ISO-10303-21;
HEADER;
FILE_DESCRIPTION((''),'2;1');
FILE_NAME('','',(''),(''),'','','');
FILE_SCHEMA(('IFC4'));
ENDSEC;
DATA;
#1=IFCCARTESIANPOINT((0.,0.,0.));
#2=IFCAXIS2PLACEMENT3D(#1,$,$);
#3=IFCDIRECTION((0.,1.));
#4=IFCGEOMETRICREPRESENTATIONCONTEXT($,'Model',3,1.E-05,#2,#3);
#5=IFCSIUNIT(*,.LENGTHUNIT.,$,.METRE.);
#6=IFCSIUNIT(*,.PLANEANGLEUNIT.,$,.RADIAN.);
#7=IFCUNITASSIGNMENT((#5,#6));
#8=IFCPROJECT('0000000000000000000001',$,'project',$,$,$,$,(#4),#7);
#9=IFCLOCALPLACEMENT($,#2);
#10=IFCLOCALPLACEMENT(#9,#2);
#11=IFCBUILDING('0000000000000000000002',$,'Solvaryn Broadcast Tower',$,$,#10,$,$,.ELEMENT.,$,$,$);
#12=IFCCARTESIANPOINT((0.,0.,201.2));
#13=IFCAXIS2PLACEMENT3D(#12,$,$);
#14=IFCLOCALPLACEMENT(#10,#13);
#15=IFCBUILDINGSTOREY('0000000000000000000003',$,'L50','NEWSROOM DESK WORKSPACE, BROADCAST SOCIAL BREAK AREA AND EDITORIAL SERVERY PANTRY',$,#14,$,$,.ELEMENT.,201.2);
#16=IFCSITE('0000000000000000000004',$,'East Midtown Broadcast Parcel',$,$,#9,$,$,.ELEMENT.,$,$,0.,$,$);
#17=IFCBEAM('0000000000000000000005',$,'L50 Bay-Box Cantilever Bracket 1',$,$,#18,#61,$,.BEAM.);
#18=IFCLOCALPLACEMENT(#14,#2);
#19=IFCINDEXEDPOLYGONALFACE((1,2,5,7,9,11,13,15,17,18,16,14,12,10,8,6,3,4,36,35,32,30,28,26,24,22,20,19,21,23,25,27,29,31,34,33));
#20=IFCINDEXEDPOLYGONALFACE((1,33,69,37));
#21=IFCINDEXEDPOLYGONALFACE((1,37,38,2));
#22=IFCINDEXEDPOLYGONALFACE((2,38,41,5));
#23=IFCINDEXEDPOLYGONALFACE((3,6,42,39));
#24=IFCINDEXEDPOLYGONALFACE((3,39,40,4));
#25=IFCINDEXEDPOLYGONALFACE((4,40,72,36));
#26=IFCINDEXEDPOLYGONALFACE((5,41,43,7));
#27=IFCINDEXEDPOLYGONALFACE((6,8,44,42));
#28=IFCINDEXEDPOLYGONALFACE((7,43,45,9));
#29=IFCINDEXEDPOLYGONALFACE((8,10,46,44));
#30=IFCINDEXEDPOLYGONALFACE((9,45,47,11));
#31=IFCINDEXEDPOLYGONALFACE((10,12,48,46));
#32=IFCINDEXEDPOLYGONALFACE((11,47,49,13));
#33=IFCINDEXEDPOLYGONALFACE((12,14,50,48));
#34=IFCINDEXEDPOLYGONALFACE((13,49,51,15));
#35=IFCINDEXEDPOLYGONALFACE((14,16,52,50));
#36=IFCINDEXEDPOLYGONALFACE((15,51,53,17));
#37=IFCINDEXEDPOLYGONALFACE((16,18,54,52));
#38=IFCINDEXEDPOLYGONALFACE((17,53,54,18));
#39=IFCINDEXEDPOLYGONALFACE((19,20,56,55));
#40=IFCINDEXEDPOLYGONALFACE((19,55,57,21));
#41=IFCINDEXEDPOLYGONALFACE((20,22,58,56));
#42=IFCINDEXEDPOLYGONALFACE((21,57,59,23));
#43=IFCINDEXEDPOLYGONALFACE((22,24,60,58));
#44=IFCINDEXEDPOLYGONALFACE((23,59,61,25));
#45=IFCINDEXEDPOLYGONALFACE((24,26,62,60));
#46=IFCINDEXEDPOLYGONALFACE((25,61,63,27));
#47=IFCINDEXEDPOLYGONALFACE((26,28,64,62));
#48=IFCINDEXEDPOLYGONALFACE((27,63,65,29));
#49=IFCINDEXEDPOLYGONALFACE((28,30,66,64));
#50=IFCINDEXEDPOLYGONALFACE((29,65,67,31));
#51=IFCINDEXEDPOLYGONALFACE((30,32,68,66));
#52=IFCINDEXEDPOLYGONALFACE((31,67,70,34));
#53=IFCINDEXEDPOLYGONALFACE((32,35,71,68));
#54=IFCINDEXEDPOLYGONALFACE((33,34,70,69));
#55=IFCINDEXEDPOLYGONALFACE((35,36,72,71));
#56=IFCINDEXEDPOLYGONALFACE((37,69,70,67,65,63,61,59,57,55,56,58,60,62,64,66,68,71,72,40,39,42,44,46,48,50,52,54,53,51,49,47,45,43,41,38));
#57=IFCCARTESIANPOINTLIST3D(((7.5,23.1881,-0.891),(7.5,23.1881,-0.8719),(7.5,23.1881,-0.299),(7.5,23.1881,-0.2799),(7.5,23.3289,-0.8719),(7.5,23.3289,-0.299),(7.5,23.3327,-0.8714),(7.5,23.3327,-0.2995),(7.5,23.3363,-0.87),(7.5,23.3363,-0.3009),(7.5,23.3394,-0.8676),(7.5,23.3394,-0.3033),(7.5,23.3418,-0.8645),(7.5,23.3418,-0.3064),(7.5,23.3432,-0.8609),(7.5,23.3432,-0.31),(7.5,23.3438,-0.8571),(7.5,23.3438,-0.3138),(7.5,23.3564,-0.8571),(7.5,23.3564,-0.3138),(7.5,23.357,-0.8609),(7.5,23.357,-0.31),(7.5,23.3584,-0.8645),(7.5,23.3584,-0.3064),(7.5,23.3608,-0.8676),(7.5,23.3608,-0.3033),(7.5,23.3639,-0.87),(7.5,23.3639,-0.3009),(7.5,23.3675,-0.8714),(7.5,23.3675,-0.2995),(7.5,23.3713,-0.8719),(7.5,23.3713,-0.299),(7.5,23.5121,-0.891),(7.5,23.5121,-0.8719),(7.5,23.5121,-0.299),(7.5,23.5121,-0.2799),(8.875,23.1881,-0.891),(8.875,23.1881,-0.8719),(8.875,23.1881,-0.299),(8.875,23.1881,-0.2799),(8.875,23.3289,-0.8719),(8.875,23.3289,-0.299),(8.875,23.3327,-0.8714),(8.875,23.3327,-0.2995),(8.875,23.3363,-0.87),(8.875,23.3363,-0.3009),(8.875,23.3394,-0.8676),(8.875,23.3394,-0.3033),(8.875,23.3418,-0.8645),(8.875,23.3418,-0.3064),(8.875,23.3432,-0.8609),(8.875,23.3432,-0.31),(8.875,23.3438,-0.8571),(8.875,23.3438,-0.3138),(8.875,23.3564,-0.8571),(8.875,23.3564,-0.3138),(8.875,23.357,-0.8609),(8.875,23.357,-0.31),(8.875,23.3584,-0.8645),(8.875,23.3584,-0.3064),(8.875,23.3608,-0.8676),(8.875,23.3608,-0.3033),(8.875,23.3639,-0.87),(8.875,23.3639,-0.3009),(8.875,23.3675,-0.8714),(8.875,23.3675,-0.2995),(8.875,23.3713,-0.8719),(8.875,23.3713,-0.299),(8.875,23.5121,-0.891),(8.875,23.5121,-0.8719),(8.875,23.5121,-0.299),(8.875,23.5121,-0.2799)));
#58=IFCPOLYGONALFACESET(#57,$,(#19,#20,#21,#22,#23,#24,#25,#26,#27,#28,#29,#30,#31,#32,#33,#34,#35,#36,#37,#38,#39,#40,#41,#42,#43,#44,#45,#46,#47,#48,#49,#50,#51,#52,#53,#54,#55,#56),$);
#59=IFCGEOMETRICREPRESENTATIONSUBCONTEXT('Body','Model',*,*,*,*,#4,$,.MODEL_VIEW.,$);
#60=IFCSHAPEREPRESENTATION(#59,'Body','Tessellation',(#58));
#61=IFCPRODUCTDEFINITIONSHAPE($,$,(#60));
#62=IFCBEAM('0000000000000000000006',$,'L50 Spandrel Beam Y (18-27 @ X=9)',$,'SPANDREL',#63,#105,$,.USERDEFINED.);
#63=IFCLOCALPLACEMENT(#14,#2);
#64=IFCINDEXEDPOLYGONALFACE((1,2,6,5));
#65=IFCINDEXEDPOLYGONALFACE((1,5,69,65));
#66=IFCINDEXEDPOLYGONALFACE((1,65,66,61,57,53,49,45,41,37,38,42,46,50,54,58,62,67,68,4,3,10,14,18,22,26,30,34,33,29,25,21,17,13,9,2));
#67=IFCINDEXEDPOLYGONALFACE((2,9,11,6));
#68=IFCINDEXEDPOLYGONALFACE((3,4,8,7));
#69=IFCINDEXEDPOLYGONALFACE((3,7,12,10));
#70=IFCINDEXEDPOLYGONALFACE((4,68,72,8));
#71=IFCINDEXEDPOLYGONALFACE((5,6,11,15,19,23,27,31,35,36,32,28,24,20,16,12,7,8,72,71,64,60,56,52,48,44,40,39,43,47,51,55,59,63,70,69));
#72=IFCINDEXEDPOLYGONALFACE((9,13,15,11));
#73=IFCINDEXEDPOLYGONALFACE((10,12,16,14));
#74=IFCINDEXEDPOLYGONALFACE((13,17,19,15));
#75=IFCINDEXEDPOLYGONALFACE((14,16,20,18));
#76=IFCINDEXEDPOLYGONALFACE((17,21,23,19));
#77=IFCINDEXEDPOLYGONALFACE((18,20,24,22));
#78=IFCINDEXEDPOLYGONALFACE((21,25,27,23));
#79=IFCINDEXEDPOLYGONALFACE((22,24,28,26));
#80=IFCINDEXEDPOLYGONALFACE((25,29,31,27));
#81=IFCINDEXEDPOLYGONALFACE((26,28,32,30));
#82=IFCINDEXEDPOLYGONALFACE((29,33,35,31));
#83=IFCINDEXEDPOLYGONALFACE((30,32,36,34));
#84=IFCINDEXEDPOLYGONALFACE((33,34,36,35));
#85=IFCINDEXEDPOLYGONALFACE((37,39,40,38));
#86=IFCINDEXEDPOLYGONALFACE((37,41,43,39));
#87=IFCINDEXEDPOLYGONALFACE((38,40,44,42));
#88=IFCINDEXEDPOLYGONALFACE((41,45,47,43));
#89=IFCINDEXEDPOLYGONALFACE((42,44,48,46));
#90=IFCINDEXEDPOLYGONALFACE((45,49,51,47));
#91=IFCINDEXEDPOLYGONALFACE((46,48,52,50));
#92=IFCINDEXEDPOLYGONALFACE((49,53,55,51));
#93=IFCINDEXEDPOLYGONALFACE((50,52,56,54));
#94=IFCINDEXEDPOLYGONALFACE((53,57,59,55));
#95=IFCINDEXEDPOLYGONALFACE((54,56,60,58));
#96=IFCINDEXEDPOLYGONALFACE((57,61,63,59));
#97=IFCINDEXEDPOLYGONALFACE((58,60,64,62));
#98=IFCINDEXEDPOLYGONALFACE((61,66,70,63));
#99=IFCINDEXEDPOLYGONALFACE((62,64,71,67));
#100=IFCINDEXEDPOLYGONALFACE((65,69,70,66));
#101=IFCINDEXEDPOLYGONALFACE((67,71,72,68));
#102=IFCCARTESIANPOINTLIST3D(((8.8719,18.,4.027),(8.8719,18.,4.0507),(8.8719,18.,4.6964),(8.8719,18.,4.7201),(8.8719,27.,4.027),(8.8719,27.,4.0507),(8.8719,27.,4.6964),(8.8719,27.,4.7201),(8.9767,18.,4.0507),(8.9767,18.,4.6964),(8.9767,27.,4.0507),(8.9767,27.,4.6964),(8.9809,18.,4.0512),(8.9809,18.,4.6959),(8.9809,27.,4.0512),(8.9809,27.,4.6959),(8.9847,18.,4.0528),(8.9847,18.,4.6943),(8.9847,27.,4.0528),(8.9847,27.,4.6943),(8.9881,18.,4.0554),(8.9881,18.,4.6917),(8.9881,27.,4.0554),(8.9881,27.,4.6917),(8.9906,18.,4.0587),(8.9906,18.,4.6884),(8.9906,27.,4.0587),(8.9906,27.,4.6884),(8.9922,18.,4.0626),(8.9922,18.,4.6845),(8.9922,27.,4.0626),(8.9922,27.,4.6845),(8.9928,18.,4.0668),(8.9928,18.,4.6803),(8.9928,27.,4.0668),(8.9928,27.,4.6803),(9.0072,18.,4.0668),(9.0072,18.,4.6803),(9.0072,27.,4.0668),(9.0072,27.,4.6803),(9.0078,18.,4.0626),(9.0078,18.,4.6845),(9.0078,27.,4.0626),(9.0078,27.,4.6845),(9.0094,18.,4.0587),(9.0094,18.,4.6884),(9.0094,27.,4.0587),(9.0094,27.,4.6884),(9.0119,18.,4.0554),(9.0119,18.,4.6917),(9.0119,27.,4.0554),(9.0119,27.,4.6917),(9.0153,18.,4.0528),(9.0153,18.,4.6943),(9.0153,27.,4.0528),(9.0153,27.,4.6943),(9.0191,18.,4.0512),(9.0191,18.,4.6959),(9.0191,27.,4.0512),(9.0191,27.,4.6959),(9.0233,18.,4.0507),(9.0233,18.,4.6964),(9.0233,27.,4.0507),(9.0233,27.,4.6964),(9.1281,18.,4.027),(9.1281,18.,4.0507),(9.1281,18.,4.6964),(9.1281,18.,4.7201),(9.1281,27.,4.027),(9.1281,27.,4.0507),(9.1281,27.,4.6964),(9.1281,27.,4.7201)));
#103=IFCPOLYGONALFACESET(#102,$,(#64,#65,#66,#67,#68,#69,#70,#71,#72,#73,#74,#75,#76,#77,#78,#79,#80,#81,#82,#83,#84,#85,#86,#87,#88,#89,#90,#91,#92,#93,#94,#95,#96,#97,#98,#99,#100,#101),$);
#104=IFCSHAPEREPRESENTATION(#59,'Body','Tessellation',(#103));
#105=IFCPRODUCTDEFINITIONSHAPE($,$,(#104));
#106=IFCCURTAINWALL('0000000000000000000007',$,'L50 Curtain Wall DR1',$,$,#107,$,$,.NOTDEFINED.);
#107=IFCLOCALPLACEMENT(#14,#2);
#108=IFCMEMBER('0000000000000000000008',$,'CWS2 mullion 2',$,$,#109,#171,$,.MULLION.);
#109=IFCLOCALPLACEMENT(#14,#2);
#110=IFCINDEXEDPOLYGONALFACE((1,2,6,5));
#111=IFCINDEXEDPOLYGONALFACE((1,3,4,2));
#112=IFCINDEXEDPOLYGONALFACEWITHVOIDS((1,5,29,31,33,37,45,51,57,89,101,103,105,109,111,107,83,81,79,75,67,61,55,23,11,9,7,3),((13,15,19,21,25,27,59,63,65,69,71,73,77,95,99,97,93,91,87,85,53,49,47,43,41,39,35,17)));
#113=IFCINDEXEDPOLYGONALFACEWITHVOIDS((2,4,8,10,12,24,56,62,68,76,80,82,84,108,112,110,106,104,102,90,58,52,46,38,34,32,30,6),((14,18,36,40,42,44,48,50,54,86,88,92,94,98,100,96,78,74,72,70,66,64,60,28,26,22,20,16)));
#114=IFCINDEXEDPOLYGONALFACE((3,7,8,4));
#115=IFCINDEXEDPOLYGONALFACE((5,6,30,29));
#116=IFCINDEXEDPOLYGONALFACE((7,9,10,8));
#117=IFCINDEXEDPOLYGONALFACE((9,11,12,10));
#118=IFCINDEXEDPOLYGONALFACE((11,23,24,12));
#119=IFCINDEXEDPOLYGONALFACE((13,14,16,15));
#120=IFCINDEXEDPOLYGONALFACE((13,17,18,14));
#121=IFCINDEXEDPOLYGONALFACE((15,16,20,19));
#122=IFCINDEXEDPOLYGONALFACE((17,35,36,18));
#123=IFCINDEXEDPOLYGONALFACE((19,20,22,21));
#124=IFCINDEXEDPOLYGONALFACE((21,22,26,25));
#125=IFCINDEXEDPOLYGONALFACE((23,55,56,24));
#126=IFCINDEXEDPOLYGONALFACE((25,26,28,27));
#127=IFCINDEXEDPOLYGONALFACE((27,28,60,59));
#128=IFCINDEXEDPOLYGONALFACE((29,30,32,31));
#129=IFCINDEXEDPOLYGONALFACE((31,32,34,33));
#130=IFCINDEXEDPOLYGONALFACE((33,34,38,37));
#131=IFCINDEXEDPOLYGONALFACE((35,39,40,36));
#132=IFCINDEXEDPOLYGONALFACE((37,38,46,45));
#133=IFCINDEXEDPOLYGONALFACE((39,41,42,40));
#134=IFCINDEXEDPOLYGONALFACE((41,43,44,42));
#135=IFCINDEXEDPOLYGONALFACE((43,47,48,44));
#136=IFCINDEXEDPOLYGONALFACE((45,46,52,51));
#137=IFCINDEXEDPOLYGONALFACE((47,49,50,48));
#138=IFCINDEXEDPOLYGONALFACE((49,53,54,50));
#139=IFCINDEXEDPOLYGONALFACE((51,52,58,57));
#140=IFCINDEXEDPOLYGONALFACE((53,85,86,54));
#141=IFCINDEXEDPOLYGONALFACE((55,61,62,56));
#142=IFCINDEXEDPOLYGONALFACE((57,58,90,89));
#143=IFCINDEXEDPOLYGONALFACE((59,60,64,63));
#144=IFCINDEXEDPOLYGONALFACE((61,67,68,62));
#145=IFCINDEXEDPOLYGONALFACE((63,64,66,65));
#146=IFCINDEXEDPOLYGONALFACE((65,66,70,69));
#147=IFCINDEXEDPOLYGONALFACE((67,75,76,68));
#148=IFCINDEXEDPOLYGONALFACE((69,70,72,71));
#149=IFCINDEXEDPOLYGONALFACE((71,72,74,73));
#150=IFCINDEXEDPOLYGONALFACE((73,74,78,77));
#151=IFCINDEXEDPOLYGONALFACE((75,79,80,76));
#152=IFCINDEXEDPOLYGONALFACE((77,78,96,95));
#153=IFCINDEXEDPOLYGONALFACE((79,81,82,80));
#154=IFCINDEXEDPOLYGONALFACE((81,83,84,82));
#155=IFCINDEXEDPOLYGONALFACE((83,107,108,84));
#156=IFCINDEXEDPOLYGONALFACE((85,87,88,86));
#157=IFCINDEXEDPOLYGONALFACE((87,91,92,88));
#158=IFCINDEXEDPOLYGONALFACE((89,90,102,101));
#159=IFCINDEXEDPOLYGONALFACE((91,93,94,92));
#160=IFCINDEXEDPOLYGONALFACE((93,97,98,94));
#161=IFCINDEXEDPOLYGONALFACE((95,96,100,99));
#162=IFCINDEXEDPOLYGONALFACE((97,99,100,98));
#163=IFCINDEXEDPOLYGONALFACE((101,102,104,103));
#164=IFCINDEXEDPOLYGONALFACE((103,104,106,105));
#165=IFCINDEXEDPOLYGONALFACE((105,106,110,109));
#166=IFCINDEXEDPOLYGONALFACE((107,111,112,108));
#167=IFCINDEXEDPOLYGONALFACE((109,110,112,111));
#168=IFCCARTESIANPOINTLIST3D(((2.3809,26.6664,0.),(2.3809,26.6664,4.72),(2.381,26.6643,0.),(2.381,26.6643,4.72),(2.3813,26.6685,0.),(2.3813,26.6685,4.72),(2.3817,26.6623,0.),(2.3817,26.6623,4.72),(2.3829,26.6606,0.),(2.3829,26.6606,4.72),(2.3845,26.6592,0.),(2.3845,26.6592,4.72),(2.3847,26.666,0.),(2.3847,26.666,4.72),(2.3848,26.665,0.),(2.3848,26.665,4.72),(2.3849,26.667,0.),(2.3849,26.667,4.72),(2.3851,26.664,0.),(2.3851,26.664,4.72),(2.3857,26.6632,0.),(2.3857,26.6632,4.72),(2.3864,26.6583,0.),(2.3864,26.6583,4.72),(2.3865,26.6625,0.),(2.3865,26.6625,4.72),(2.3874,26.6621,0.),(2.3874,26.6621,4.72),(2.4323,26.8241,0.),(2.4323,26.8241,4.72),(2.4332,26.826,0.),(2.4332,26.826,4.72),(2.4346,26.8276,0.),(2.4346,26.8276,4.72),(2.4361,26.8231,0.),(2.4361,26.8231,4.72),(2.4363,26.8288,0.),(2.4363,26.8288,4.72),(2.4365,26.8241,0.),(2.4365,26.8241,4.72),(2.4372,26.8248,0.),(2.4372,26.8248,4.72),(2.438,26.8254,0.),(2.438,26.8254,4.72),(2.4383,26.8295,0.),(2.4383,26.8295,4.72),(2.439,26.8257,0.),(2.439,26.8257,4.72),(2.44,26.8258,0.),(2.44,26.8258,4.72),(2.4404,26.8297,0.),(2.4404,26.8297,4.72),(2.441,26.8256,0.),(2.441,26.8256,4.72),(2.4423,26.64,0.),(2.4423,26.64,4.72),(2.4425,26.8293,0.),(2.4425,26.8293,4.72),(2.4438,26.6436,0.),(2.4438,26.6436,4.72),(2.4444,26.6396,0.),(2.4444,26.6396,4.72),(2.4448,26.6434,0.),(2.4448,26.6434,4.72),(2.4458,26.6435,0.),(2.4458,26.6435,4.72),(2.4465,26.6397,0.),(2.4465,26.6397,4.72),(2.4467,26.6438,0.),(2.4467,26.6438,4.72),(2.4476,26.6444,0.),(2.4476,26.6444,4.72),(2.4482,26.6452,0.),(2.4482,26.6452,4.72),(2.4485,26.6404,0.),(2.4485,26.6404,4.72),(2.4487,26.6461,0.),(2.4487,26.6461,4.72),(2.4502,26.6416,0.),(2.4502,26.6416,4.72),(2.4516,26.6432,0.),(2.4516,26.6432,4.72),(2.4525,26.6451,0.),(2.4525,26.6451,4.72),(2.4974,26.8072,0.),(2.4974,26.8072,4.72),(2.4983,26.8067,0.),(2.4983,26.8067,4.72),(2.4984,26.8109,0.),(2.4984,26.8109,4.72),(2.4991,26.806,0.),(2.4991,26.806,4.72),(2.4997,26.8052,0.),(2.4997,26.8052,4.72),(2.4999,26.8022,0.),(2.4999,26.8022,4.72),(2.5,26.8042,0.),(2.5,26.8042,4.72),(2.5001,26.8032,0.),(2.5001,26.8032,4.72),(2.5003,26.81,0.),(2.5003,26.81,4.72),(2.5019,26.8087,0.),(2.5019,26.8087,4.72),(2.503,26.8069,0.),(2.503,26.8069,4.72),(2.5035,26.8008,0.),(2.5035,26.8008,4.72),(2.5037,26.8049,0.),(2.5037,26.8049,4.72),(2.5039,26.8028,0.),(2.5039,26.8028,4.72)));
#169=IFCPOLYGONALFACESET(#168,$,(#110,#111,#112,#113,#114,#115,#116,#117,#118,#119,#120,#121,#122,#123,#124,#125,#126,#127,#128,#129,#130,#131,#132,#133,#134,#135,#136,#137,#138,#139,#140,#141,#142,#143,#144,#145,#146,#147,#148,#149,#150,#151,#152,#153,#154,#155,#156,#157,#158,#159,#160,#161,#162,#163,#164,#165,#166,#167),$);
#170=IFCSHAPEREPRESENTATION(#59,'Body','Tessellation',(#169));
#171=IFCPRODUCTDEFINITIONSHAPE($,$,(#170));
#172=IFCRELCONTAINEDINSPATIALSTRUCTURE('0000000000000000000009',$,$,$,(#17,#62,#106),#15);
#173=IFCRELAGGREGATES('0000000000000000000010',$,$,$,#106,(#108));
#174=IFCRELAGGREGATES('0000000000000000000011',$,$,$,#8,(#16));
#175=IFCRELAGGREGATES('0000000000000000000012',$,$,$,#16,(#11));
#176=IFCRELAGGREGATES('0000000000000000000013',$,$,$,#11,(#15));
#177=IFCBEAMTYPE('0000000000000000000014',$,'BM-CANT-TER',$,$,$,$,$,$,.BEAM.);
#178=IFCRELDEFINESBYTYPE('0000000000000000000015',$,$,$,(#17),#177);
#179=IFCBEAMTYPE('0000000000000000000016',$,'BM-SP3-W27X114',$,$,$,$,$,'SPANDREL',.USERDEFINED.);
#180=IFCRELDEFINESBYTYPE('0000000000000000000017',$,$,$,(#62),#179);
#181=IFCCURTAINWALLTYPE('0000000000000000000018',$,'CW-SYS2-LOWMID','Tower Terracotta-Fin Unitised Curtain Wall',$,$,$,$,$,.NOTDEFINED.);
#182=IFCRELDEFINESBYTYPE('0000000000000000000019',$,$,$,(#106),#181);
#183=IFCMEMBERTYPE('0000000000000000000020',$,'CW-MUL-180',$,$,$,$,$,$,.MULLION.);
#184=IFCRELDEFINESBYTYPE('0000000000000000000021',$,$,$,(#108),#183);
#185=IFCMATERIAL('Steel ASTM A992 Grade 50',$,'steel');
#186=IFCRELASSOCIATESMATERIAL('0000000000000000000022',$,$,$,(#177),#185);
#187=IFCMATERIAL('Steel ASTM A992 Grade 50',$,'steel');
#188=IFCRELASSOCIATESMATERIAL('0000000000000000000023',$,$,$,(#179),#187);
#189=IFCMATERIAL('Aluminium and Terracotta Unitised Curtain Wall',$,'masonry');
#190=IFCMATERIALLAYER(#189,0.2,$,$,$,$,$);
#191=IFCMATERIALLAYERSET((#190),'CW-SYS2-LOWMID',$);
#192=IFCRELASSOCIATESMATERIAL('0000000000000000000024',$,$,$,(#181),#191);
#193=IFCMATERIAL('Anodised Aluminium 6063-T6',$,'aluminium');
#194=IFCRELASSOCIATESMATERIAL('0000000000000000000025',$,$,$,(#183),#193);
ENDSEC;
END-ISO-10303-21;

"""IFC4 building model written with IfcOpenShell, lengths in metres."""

from ifc_helpers import new_model, si_unit, direction, frame, origin, origin_2d, place, context, subcontext, project, spatial, hollow_rectangle, i_section, extrude, material, layer, layer_set, material_profile, profile_set, type_object, element, aggregate, save


model = new_model("IFC4")

# Units and contexts
model_context = context("Model", 3, precision=1e-05, world=origin(), true_north=direction((0.0, 1.0)))
body_context = subcontext(model_context, "Body", "Model", "MODEL_VIEW")
ifc_project = project(units=[si_unit("LENGTHUNIT", "METRE"), si_unit("PLANEANGLEUNIT", "RADIAN")], contexts=[model_context])

# Site, building, storey
site_placement = place(None, origin())
site = spatial("IfcSite", under=ifc_project, at=site_placement, Name="East Midtown Broadcast Parcel", CompositionType="ELEMENT", RefElevation=0.0)
building_placement = place(site_placement, origin())
building = spatial("IfcBuilding", under=site, at=building_placement, Name="Solvaryn Broadcast Tower", CompositionType="ELEMENT")
storey_placement = place(building_placement, frame((0.0, 0.0, 201.2)))
storey = spatial("IfcBuildingStorey", under=building, at=storey_placement, Name="L50", Description="NEWSROOM DESK WORKSPACE, BROADCAST SOCIAL BREAK AREA AND EDITORIAL SERVERY PANTRY", CompositionType="ELEMENT", Elevation=201.2)

# Beams
ifc_material_1 = material(Name="Steel ASTM A992 Grade 50", Category="steel")
ifc_material_profile_1 = material_profile(ifc_material_1, i_section(OverallWidth=0.324, OverallDepth=0.6111, WebThickness=0.0127, FlangeThickness=0.019, FilletRadius=0.0149, at=origin_2d()))
ifc_profile_set_1 = profile_set([ifc_material_profile_1], Name="Steel ASTM A992 Grade 50")
beam_type_1 = type_object("IfcBeamType", Name="BM-CANT-TER", PredefinedType="BEAM", material=ifc_profile_set_1)
beam_1_placement = place(storey_placement, frame((8.875, 23.3501, -0.5854), z_axis=(-1.0, 0.0, 0.0), x_axis=(0.0, -1.0, 0.0)))
element("IfcBeam", 1, at=beam_1_placement, inside=storey, type_object=beam_type_1, Name="L50 Bay-Box Cantilever Bracket 1", PredefinedType="BEAM", context=body_context, shape_type="SweptSolid", body=[
    extrude(i_section(OverallWidth=0.324, OverallDepth=0.6111, WebThickness=0.0127, FlangeThickness=0.019, FilletRadius=0.0149, at=origin_2d()), origin(), (0.0, 0.0, 1.0), 1.375),
])
ifc_material_2 = material(Name="Steel ASTM A992 Grade 50", Category="steel")
ifc_material_profile_2 = material_profile(ifc_material_2, i_section(OverallWidth=0.2561, OverallDepth=0.6931, WebThickness=0.0144, FlangeThickness=0.0237, FilletRadius=0.0161, at=origin_2d()))
ifc_profile_set_2 = profile_set([ifc_material_profile_2], Name="Steel ASTM A992 Grade 50")
beam_type_2 = type_object("IfcBeamType", Name="BM-SP3-W27X114", ElementType="SPANDREL", PredefinedType="USERDEFINED", material=ifc_profile_set_2)
beam_2_placement = place(storey_placement, frame((9.0, 18.0, 4.3735), z_axis=(0.0, 1.0, 0.0), x_axis=(-1.0, 0.0, 0.0)))
element("IfcBeam", 2, at=beam_2_placement, inside=storey, type_object=beam_type_2, Name="L50 Spandrel Beam Y (18-27 @ X=9)", ObjectType="SPANDREL", PredefinedType="USERDEFINED", context=body_context, shape_type="SweptSolid", body=[
    extrude(i_section(OverallWidth=0.2561, OverallDepth=0.6931, WebThickness=0.0144, FlangeThickness=0.0237, FilletRadius=0.0161, at=origin_2d()), origin(), (0.0, 0.0, 1.0), 9.0),
])

# Curtain wall, member
ifc_material_3 = material(Name="Aluminium and Terracotta Unitised Curtain Wall", Category="masonry")
ifc_layer_1 = layer(ifc_material_3, 0.2)
ifc_layer_set_1 = layer_set([ifc_layer_1], Name="CW-SYS2-LOWMID")
curtain_wall_type = type_object("IfcCurtainWallType", Name="CW-SYS2-LOWMID", Description="Tower Terracotta-Fin Unitised Curtain Wall", PredefinedType="NOTDEFINED", material=ifc_layer_set_1)
curtain_wall_1_placement = place(storey_placement, origin())
curtain_wall_1 = element("IfcCurtainWall", 3, at=curtain_wall_1_placement, inside=storey, type_object=curtain_wall_type, Name="L50 Curtain Wall DR1", PredefinedType="NOTDEFINED")
ifc_material_4 = material(Name="Anodised Aluminium 6063-T6", Category="aluminium")
ifc_material_profile_3 = material_profile(ifc_material_4, hollow_rectangle(XDim=0.075, YDim=0.1799, WallThickness=0.0039, InnerFilletRadius=0.0039, OuterFilletRadius=0.0081, at=origin_2d()))
ifc_profile_set_3 = profile_set([ifc_material_profile_3], Name="Anodised Aluminium 6063-T6")
member_type_1 = type_object("IfcMemberType", Name="CW-MUL-180", PredefinedType="MULLION", material=ifc_profile_set_3)
member_1_placement = place(storey_placement, frame((2.4424, 26.7346, 0.0), z_axis=(0.0, 0.0, 1.0), x_axis=(0.950227, -0.311559, 0.0)))
member_1 = element("IfcMember", 4, at=member_1_placement, type_object=member_type_1, Name="CWS2 mullion 2", PredefinedType="MULLION", context=body_context, shape_type="SweptSolid", body=[
    extrude(hollow_rectangle(XDim=0.075, YDim=0.1799, WallThickness=0.0039, InnerFilletRadius=0.0039, OuterFilletRadius=0.0081, at=origin_2d()), origin(), (0.0, 0.0, 1.0), 4.72),
])
aggregate(curtain_wall_1, [member_1])

save(model, "model.ifc")
